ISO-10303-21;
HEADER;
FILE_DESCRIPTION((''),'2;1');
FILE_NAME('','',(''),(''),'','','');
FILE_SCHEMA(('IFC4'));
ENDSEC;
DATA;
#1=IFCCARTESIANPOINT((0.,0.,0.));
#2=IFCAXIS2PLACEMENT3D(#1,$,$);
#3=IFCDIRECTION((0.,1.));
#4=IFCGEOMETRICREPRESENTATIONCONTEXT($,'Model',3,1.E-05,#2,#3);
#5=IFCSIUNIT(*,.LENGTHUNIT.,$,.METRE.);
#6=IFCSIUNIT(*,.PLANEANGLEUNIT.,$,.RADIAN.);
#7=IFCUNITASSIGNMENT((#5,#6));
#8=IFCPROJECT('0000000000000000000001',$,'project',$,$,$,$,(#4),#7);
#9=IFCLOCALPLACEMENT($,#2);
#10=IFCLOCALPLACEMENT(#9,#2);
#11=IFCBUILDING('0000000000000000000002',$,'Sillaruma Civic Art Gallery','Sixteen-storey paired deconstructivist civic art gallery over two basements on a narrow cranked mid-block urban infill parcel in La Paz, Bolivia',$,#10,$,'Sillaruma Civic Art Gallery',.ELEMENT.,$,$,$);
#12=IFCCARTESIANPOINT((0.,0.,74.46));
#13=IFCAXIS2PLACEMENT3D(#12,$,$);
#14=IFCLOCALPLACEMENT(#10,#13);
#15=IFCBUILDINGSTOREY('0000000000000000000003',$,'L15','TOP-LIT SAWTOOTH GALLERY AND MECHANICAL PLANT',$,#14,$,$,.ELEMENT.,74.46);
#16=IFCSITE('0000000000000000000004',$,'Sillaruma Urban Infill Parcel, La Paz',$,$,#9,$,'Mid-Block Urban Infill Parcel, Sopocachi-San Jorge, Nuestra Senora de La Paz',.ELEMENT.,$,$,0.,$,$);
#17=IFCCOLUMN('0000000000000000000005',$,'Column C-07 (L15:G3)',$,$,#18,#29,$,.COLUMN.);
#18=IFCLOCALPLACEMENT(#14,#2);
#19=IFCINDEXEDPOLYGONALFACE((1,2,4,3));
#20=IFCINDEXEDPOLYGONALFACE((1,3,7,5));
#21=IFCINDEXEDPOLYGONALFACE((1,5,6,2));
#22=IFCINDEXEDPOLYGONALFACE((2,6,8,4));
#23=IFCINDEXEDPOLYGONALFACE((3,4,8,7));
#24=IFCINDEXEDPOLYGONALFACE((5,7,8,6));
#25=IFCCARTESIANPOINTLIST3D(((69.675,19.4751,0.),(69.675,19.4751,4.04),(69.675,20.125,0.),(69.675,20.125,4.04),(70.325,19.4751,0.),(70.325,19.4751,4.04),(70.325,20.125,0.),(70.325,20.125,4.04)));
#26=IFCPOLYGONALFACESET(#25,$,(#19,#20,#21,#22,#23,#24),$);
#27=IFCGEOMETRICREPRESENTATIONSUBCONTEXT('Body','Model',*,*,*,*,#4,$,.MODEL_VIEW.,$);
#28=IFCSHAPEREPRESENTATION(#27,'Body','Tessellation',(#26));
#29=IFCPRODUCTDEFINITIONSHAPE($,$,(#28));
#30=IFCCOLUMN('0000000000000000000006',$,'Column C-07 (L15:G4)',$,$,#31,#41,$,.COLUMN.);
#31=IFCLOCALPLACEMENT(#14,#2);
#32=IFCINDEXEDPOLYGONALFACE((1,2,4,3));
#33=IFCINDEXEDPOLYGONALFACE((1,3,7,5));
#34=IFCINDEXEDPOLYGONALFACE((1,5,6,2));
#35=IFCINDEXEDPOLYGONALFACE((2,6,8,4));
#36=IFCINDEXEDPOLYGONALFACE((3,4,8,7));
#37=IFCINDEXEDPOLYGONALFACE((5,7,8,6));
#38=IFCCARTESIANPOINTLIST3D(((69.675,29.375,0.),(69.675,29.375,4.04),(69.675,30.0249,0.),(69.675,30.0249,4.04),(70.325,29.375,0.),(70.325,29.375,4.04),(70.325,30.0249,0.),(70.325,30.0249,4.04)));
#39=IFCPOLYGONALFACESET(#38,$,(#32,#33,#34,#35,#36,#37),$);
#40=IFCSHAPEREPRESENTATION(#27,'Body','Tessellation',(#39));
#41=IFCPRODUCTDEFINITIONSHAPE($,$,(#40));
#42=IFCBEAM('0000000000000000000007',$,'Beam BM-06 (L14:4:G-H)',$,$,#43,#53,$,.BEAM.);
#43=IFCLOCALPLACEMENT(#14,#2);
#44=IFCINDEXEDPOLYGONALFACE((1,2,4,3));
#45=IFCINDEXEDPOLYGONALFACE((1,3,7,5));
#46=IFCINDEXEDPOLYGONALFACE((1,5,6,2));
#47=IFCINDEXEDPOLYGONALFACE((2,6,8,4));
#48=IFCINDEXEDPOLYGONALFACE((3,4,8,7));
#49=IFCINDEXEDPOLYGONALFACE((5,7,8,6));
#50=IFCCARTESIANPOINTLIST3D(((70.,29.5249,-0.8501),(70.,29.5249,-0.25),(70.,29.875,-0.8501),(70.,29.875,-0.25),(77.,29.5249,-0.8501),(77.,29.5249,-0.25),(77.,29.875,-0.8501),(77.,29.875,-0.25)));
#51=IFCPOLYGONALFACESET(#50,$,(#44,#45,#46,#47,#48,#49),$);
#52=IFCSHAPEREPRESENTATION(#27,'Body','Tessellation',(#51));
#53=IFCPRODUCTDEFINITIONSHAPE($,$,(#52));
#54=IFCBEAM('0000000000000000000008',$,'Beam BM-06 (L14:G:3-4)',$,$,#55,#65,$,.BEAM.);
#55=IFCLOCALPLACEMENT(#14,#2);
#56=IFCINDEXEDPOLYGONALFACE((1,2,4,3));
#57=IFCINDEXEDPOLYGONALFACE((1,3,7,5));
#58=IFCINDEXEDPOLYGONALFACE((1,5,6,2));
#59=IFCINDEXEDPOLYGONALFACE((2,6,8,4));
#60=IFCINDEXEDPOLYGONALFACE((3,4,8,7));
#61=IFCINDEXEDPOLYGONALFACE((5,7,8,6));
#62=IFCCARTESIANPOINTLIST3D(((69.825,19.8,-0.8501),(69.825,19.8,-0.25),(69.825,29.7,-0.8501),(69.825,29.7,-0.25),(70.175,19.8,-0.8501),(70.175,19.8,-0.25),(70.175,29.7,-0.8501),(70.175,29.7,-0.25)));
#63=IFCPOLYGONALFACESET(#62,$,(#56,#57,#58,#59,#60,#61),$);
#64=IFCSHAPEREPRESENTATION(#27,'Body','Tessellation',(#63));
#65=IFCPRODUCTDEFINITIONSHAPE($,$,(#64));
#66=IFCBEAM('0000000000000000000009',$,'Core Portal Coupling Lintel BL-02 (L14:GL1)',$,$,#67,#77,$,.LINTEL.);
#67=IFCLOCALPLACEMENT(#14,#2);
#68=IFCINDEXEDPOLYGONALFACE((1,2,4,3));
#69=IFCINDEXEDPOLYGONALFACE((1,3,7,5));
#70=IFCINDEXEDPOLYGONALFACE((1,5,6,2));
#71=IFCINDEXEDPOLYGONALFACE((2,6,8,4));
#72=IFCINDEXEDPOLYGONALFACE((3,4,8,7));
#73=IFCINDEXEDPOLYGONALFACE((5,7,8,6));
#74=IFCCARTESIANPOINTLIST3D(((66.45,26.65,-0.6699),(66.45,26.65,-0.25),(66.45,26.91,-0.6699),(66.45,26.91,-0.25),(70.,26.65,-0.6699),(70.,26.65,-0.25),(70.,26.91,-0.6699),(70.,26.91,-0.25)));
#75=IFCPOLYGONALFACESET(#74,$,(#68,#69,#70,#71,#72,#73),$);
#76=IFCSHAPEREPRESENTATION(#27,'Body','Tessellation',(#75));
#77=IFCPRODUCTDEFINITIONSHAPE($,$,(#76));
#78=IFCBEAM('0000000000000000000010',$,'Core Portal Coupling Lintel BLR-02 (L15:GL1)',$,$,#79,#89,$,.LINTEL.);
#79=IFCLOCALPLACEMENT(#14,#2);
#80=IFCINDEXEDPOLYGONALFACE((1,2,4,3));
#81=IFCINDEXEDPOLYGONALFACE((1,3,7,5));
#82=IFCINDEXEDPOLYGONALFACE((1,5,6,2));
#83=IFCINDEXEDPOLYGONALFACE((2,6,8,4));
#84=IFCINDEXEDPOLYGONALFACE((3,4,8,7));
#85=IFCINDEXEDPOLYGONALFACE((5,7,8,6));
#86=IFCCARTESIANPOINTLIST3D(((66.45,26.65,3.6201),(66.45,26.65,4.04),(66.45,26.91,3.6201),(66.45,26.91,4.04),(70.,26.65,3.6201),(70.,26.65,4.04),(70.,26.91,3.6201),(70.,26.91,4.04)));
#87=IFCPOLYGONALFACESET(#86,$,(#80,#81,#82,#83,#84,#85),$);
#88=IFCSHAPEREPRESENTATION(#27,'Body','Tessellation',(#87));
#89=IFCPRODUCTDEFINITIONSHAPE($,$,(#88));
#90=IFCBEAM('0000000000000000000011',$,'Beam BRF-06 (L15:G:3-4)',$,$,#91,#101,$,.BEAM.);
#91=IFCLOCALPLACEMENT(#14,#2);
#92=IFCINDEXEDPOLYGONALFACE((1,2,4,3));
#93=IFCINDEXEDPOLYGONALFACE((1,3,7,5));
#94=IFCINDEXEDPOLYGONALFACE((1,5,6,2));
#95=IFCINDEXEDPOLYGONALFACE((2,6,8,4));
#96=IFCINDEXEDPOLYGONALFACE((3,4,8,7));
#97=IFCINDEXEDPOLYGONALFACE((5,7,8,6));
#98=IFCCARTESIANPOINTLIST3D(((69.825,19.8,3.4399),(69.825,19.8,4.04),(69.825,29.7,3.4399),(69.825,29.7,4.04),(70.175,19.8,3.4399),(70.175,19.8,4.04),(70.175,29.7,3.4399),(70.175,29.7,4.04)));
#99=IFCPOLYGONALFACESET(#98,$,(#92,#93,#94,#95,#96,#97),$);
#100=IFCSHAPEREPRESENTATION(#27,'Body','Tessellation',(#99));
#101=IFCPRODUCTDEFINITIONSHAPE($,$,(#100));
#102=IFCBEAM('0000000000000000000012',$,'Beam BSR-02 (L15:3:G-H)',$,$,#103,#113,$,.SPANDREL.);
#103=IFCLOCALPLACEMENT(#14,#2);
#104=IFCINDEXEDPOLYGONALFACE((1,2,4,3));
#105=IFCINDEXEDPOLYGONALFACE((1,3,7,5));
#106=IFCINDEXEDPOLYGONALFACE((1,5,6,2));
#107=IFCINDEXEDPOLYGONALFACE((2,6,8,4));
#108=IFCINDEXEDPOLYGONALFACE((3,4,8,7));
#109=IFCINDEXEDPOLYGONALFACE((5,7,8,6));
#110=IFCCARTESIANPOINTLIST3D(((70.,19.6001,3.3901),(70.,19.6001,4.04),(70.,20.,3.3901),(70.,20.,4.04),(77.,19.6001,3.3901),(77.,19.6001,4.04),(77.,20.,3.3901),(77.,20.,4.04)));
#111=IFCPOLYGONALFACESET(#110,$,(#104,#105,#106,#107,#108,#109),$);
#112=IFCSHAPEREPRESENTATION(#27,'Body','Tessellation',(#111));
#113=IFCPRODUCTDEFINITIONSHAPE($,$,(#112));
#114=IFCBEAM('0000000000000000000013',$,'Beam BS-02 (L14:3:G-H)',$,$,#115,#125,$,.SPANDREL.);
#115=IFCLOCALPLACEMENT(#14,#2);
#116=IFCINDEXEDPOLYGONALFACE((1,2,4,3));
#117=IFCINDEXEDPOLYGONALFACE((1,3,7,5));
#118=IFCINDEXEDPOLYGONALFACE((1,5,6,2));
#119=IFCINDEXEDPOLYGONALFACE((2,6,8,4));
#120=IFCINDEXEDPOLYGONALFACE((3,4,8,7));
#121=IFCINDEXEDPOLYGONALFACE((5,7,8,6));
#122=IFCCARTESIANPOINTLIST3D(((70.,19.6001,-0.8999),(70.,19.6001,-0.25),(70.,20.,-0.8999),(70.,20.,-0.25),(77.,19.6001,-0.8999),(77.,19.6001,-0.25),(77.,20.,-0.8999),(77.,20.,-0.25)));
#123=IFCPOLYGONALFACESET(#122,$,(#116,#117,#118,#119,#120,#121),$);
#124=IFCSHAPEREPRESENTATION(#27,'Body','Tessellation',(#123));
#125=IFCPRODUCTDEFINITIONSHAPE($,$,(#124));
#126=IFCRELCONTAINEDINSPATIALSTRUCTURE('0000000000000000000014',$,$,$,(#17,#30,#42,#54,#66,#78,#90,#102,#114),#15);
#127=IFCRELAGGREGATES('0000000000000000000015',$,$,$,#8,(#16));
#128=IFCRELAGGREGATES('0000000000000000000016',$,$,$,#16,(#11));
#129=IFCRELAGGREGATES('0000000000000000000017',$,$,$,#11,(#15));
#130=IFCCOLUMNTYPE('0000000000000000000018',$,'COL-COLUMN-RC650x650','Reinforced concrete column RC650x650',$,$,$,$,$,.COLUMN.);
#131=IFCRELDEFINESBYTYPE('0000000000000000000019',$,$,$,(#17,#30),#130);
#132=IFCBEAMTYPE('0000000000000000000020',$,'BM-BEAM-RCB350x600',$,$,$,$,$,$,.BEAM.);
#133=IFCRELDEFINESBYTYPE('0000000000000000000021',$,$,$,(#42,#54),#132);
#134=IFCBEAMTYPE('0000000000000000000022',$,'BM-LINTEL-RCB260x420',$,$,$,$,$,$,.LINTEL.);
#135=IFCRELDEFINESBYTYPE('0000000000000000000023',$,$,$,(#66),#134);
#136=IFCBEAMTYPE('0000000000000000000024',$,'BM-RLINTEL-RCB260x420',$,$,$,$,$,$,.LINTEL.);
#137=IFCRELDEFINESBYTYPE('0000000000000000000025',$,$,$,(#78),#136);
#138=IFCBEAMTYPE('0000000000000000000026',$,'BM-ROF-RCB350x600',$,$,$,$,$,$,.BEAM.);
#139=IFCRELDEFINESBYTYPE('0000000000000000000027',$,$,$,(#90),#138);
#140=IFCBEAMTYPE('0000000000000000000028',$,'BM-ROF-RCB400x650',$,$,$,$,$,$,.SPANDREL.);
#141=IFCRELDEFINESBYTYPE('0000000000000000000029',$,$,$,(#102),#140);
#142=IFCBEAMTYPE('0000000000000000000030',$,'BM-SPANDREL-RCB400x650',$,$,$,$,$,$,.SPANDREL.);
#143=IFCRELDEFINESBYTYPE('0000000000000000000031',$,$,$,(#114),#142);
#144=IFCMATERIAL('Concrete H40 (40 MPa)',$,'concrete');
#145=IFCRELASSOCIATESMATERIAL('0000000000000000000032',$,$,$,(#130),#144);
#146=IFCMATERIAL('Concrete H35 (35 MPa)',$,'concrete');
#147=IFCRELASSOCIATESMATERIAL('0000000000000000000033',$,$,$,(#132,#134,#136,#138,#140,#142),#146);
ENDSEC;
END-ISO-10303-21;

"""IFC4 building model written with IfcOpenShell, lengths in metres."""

from ifc_helpers import new_model, si_unit, direction, frame, origin, origin_2d, place, context, subcontext, project, spatial, rectangle, extrude, material, material_profile, profile_set, type_object, element, save


model = new_model("IFC4")

# Units and contexts
model_context = context("Model", 3, precision=1e-05, world=origin(), true_north=direction((0.0, 1.0)))
body_context = subcontext(model_context, "Body", "Model", "MODEL_VIEW")
ifc_project = project(units=[si_unit("LENGTHUNIT", "METRE"), si_unit("PLANEANGLEUNIT", "RADIAN")], contexts=[model_context])

# Site, building, storey
site_placement = place(None, origin())
site = spatial("IfcSite", under=ifc_project, at=site_placement, Name="Sillaruma Urban Infill Parcel, La Paz", LongName="Mid-Block Urban Infill Parcel, Sopocachi-San Jorge, Nuestra Senora de La Paz", CompositionType="ELEMENT", RefElevation=0.0)
building_placement = place(site_placement, origin())
building = spatial("IfcBuilding", under=site, at=building_placement, Name="Sillaruma Civic Art Gallery", Description="Sixteen-storey paired deconstructivist civic art gallery over two basements on a narrow cranked mid-block urban infill parcel in La Paz, Bolivia", LongName="Sillaruma Civic Art Gallery", CompositionType="ELEMENT")
storey_placement = place(building_placement, frame((0.0, 0.0, 74.46)))
storey = spatial("IfcBuildingStorey", under=building, at=storey_placement, Name="L15", Description="TOP-LIT SAWTOOTH GALLERY AND MECHANICAL PLANT", CompositionType="ELEMENT", Elevation=74.46)

# Columns
ifc_material_1 = material(Name="Concrete H40 (40 MPa)", Category="concrete")
ifc_material_profile_1 = material_profile(ifc_material_1, rectangle(XDim=0.6499, YDim=0.6499, at=origin_2d()), Name="RC650x650")
ifc_profile_set_1 = profile_set([ifc_material_profile_1], Name="Concrete H40 (40 MPa)")
column_type = type_object("IfcColumnType", Name="COL-COLUMN-RC650x650", Description="Reinforced concrete column RC650x650", PredefinedType="COLUMN", material=ifc_profile_set_1)
for number, where, z_axis, x_axis, name in (
    (1, (70.0, 19.8, 0.0), (0.0, 0.0, 1.0), (1.0, 0.0, 0.0), "Column C-07 (L15:G3)"),
    (2, (70.0, 29.7, 0.0), (0.0, 0.0, 1.0), (1.0, 0.0, 0.0), "Column C-07 (L15:G4)"),
):
    element("IfcColumn", number, at=place(storey_placement, frame(where, z_axis=z_axis, x_axis=x_axis)), inside=storey, type_object=column_type, Name=name, PredefinedType="COLUMN", context=body_context, shape_type="SweptSolid", body=[
        extrude(rectangle(XDim=0.6499, YDim=0.6499, at=origin_2d()), origin(), (0.0, 0.0, 1.0), 4.04),
    ])

# Beams
ifc_material_2 = material(Name="Concrete H35 (35 MPa)", Category="concrete")
ifc_material_profile_2 = material_profile(ifc_material_2, rectangle(XDim=0.3501, YDim=0.6001, at=origin_2d()), Name="RCB350x600")
ifc_profile_set_2 = profile_set([ifc_material_profile_2], Name="Concrete H35 (35 MPa)")
beam_type_1 = type_object("IfcBeamType", Name="BM-BEAM-RCB350x600", PredefinedType="BEAM", material=ifc_profile_set_2)
beam_1_placement = place(storey_placement, frame((70.0, 29.7, -0.55), z_axis=(1.0, 0.0, 0.0), x_axis=(0.0, 1.0, 0.0)))
element("IfcBeam", 3, at=beam_1_placement, inside=storey, type_object=beam_type_1, Name="Beam BM-06 (L14:4:G-H)", PredefinedType="BEAM", context=body_context, shape_type="SweptSolid", body=[
    extrude(rectangle(XDim=0.3501, YDim=0.6001, at=origin_2d()), origin(), (0.0, 0.0, 1.0), 7.0),
])
beam_2_placement = place(storey_placement, frame((70.0, 19.8, -0.55), z_axis=(0.0, 1.0, 0.0), x_axis=(-1.0, 0.0, 0.0)))
element("IfcBeam", 4, at=beam_2_placement, inside=storey, type_object=beam_type_1, Name="Beam BM-06 (L14:G:3-4)", PredefinedType="BEAM", context=body_context, shape_type="SweptSolid", body=[
    extrude(rectangle(XDim=0.3501, YDim=0.6001, at=origin_2d()), origin(), (0.0, 0.0, 1.0), 9.8999),
])
ifc_material_profile_3 = material_profile(ifc_material_2, rectangle(XDim=0.26, YDim=0.4199, at=origin_2d()), Name="RCB260x420")
ifc_profile_set_3 = profile_set([ifc_material_profile_3], Name="Concrete H35 (35 MPa)")
beam_type_2 = type_object("IfcBeamType", Name="BM-LINTEL-RCB260x420", PredefinedType="LINTEL", material=ifc_profile_set_3)
beam_3_placement = place(storey_placement, frame((66.45, 26.78, -0.46), z_axis=(1.0, 0.0, 0.0), x_axis=(0.0, 1.0, 0.0)))
element("IfcBeam", 5, at=beam_3_placement, inside=storey, type_object=beam_type_2, Name="Core Portal Coupling Lintel BL-02 (L14:GL1)", PredefinedType="LINTEL", context=body_context, shape_type="SweptSolid", body=[
    extrude(rectangle(XDim=0.26, YDim=0.4199, at=origin_2d()), origin(), (0.0, 0.0, 1.0), 3.55),
])
ifc_material_profile_4 = material_profile(ifc_material_2, rectangle(XDim=0.26, YDim=0.4199, at=origin_2d()), Name="RCB260x420")
ifc_profile_set_4 = profile_set([ifc_material_profile_4], Name="Concrete H35 (35 MPa)")
beam_type_3 = type_object("IfcBeamType", Name="BM-RLINTEL-RCB260x420", PredefinedType="LINTEL", material=ifc_profile_set_4)
beam_4_placement = place(storey_placement, frame((66.45, 26.78, 3.8301), z_axis=(1.0, 0.0, 0.0), x_axis=(0.0, 1.0, 0.0)))
element("IfcBeam", 6, at=beam_4_placement, inside=storey, type_object=beam_type_3, Name="Core Portal Coupling Lintel BLR-02 (L15:GL1)", PredefinedType="LINTEL", context=body_context, shape_type="SweptSolid", body=[
    extrude(rectangle(XDim=0.26, YDim=0.4199, at=origin_2d()), origin(), (0.0, 0.0, 1.0), 3.55),
])
ifc_material_profile_5 = material_profile(ifc_material_2, rectangle(XDim=0.3501, YDim=0.6001, at=origin_2d()), Name="RCB350x600")
ifc_profile_set_5 = profile_set([ifc_material_profile_5], Name="Concrete H35 (35 MPa)")
beam_type_4 = type_object("IfcBeamType", Name="BM-ROF-RCB350x600", PredefinedType="BEAM", material=ifc_profile_set_5)
beam_5_placement = place(storey_placement, frame((70.0, 19.8, 3.74), z_axis=(0.0, 1.0, 0.0), x_axis=(-1.0, 0.0, 0.0)))
element("IfcBeam", 7, at=beam_5_placement, inside=storey, type_object=beam_type_4, Name="Beam BRF-06 (L15:G:3-4)", PredefinedType="BEAM", context=body_context, shape_type="SweptSolid", body=[
    extrude(rectangle(XDim=0.3501, YDim=0.6001, at=origin_2d()), origin(), (0.0, 0.0, 1.0), 9.8999),
])
ifc_material_profile_6 = material_profile(ifc_material_2, rectangle(XDim=0.3999, YDim=0.6499, at=origin_2d()), Name="RCB400x650")
ifc_profile_set_6 = profile_set([ifc_material_profile_6], Name="Concrete H35 (35 MPa)")
beam_type_5 = type_object("IfcBeamType", Name="BM-ROF-RCB400x650", PredefinedType="SPANDREL", material=ifc_profile_set_6)
beam_6_placement = place(storey_placement, frame((70.0, 19.8, 3.7151), z_axis=(1.0, 0.0, 0.0), x_axis=(0.0, 1.0, 0.0)))
element("IfcBeam", 8, at=beam_6_placement, inside=storey, type_object=beam_type_5, Name="Beam BSR-02 (L15:3:G-H)", PredefinedType="SPANDREL", context=body_context, shape_type="SweptSolid", body=[
    extrude(rectangle(XDim=0.3999, YDim=0.6499, at=origin_2d()), origin(), (0.0, 0.0, 1.0), 7.0),
])
ifc_material_profile_7 = material_profile(ifc_material_2, rectangle(XDim=0.3999, YDim=0.6499, at=origin_2d()), Name="RCB400x650")
ifc_profile_set_7 = profile_set([ifc_material_profile_7], Name="Concrete H35 (35 MPa)")
beam_type_6 = type_object("IfcBeamType", Name="BM-SPANDREL-RCB400x650", PredefinedType="SPANDREL", material=ifc_profile_set_7)
beam_7_placement = place(storey_placement, frame((70.0, 19.8, -0.575), z_axis=(1.0, 0.0, 0.0), x_axis=(0.0, 1.0, 0.0)))
element("IfcBeam", 9, at=beam_7_placement, inside=storey, type_object=beam_type_6, Name="Beam BS-02 (L14:3:G-H)", PredefinedType="SPANDREL", context=body_context, shape_type="SweptSolid", body=[
    extrude(rectangle(XDim=0.3999, YDim=0.6499, at=origin_2d()), origin(), (0.0, 0.0, 1.0), 7.0),
])

save(model, "model.ifc")
